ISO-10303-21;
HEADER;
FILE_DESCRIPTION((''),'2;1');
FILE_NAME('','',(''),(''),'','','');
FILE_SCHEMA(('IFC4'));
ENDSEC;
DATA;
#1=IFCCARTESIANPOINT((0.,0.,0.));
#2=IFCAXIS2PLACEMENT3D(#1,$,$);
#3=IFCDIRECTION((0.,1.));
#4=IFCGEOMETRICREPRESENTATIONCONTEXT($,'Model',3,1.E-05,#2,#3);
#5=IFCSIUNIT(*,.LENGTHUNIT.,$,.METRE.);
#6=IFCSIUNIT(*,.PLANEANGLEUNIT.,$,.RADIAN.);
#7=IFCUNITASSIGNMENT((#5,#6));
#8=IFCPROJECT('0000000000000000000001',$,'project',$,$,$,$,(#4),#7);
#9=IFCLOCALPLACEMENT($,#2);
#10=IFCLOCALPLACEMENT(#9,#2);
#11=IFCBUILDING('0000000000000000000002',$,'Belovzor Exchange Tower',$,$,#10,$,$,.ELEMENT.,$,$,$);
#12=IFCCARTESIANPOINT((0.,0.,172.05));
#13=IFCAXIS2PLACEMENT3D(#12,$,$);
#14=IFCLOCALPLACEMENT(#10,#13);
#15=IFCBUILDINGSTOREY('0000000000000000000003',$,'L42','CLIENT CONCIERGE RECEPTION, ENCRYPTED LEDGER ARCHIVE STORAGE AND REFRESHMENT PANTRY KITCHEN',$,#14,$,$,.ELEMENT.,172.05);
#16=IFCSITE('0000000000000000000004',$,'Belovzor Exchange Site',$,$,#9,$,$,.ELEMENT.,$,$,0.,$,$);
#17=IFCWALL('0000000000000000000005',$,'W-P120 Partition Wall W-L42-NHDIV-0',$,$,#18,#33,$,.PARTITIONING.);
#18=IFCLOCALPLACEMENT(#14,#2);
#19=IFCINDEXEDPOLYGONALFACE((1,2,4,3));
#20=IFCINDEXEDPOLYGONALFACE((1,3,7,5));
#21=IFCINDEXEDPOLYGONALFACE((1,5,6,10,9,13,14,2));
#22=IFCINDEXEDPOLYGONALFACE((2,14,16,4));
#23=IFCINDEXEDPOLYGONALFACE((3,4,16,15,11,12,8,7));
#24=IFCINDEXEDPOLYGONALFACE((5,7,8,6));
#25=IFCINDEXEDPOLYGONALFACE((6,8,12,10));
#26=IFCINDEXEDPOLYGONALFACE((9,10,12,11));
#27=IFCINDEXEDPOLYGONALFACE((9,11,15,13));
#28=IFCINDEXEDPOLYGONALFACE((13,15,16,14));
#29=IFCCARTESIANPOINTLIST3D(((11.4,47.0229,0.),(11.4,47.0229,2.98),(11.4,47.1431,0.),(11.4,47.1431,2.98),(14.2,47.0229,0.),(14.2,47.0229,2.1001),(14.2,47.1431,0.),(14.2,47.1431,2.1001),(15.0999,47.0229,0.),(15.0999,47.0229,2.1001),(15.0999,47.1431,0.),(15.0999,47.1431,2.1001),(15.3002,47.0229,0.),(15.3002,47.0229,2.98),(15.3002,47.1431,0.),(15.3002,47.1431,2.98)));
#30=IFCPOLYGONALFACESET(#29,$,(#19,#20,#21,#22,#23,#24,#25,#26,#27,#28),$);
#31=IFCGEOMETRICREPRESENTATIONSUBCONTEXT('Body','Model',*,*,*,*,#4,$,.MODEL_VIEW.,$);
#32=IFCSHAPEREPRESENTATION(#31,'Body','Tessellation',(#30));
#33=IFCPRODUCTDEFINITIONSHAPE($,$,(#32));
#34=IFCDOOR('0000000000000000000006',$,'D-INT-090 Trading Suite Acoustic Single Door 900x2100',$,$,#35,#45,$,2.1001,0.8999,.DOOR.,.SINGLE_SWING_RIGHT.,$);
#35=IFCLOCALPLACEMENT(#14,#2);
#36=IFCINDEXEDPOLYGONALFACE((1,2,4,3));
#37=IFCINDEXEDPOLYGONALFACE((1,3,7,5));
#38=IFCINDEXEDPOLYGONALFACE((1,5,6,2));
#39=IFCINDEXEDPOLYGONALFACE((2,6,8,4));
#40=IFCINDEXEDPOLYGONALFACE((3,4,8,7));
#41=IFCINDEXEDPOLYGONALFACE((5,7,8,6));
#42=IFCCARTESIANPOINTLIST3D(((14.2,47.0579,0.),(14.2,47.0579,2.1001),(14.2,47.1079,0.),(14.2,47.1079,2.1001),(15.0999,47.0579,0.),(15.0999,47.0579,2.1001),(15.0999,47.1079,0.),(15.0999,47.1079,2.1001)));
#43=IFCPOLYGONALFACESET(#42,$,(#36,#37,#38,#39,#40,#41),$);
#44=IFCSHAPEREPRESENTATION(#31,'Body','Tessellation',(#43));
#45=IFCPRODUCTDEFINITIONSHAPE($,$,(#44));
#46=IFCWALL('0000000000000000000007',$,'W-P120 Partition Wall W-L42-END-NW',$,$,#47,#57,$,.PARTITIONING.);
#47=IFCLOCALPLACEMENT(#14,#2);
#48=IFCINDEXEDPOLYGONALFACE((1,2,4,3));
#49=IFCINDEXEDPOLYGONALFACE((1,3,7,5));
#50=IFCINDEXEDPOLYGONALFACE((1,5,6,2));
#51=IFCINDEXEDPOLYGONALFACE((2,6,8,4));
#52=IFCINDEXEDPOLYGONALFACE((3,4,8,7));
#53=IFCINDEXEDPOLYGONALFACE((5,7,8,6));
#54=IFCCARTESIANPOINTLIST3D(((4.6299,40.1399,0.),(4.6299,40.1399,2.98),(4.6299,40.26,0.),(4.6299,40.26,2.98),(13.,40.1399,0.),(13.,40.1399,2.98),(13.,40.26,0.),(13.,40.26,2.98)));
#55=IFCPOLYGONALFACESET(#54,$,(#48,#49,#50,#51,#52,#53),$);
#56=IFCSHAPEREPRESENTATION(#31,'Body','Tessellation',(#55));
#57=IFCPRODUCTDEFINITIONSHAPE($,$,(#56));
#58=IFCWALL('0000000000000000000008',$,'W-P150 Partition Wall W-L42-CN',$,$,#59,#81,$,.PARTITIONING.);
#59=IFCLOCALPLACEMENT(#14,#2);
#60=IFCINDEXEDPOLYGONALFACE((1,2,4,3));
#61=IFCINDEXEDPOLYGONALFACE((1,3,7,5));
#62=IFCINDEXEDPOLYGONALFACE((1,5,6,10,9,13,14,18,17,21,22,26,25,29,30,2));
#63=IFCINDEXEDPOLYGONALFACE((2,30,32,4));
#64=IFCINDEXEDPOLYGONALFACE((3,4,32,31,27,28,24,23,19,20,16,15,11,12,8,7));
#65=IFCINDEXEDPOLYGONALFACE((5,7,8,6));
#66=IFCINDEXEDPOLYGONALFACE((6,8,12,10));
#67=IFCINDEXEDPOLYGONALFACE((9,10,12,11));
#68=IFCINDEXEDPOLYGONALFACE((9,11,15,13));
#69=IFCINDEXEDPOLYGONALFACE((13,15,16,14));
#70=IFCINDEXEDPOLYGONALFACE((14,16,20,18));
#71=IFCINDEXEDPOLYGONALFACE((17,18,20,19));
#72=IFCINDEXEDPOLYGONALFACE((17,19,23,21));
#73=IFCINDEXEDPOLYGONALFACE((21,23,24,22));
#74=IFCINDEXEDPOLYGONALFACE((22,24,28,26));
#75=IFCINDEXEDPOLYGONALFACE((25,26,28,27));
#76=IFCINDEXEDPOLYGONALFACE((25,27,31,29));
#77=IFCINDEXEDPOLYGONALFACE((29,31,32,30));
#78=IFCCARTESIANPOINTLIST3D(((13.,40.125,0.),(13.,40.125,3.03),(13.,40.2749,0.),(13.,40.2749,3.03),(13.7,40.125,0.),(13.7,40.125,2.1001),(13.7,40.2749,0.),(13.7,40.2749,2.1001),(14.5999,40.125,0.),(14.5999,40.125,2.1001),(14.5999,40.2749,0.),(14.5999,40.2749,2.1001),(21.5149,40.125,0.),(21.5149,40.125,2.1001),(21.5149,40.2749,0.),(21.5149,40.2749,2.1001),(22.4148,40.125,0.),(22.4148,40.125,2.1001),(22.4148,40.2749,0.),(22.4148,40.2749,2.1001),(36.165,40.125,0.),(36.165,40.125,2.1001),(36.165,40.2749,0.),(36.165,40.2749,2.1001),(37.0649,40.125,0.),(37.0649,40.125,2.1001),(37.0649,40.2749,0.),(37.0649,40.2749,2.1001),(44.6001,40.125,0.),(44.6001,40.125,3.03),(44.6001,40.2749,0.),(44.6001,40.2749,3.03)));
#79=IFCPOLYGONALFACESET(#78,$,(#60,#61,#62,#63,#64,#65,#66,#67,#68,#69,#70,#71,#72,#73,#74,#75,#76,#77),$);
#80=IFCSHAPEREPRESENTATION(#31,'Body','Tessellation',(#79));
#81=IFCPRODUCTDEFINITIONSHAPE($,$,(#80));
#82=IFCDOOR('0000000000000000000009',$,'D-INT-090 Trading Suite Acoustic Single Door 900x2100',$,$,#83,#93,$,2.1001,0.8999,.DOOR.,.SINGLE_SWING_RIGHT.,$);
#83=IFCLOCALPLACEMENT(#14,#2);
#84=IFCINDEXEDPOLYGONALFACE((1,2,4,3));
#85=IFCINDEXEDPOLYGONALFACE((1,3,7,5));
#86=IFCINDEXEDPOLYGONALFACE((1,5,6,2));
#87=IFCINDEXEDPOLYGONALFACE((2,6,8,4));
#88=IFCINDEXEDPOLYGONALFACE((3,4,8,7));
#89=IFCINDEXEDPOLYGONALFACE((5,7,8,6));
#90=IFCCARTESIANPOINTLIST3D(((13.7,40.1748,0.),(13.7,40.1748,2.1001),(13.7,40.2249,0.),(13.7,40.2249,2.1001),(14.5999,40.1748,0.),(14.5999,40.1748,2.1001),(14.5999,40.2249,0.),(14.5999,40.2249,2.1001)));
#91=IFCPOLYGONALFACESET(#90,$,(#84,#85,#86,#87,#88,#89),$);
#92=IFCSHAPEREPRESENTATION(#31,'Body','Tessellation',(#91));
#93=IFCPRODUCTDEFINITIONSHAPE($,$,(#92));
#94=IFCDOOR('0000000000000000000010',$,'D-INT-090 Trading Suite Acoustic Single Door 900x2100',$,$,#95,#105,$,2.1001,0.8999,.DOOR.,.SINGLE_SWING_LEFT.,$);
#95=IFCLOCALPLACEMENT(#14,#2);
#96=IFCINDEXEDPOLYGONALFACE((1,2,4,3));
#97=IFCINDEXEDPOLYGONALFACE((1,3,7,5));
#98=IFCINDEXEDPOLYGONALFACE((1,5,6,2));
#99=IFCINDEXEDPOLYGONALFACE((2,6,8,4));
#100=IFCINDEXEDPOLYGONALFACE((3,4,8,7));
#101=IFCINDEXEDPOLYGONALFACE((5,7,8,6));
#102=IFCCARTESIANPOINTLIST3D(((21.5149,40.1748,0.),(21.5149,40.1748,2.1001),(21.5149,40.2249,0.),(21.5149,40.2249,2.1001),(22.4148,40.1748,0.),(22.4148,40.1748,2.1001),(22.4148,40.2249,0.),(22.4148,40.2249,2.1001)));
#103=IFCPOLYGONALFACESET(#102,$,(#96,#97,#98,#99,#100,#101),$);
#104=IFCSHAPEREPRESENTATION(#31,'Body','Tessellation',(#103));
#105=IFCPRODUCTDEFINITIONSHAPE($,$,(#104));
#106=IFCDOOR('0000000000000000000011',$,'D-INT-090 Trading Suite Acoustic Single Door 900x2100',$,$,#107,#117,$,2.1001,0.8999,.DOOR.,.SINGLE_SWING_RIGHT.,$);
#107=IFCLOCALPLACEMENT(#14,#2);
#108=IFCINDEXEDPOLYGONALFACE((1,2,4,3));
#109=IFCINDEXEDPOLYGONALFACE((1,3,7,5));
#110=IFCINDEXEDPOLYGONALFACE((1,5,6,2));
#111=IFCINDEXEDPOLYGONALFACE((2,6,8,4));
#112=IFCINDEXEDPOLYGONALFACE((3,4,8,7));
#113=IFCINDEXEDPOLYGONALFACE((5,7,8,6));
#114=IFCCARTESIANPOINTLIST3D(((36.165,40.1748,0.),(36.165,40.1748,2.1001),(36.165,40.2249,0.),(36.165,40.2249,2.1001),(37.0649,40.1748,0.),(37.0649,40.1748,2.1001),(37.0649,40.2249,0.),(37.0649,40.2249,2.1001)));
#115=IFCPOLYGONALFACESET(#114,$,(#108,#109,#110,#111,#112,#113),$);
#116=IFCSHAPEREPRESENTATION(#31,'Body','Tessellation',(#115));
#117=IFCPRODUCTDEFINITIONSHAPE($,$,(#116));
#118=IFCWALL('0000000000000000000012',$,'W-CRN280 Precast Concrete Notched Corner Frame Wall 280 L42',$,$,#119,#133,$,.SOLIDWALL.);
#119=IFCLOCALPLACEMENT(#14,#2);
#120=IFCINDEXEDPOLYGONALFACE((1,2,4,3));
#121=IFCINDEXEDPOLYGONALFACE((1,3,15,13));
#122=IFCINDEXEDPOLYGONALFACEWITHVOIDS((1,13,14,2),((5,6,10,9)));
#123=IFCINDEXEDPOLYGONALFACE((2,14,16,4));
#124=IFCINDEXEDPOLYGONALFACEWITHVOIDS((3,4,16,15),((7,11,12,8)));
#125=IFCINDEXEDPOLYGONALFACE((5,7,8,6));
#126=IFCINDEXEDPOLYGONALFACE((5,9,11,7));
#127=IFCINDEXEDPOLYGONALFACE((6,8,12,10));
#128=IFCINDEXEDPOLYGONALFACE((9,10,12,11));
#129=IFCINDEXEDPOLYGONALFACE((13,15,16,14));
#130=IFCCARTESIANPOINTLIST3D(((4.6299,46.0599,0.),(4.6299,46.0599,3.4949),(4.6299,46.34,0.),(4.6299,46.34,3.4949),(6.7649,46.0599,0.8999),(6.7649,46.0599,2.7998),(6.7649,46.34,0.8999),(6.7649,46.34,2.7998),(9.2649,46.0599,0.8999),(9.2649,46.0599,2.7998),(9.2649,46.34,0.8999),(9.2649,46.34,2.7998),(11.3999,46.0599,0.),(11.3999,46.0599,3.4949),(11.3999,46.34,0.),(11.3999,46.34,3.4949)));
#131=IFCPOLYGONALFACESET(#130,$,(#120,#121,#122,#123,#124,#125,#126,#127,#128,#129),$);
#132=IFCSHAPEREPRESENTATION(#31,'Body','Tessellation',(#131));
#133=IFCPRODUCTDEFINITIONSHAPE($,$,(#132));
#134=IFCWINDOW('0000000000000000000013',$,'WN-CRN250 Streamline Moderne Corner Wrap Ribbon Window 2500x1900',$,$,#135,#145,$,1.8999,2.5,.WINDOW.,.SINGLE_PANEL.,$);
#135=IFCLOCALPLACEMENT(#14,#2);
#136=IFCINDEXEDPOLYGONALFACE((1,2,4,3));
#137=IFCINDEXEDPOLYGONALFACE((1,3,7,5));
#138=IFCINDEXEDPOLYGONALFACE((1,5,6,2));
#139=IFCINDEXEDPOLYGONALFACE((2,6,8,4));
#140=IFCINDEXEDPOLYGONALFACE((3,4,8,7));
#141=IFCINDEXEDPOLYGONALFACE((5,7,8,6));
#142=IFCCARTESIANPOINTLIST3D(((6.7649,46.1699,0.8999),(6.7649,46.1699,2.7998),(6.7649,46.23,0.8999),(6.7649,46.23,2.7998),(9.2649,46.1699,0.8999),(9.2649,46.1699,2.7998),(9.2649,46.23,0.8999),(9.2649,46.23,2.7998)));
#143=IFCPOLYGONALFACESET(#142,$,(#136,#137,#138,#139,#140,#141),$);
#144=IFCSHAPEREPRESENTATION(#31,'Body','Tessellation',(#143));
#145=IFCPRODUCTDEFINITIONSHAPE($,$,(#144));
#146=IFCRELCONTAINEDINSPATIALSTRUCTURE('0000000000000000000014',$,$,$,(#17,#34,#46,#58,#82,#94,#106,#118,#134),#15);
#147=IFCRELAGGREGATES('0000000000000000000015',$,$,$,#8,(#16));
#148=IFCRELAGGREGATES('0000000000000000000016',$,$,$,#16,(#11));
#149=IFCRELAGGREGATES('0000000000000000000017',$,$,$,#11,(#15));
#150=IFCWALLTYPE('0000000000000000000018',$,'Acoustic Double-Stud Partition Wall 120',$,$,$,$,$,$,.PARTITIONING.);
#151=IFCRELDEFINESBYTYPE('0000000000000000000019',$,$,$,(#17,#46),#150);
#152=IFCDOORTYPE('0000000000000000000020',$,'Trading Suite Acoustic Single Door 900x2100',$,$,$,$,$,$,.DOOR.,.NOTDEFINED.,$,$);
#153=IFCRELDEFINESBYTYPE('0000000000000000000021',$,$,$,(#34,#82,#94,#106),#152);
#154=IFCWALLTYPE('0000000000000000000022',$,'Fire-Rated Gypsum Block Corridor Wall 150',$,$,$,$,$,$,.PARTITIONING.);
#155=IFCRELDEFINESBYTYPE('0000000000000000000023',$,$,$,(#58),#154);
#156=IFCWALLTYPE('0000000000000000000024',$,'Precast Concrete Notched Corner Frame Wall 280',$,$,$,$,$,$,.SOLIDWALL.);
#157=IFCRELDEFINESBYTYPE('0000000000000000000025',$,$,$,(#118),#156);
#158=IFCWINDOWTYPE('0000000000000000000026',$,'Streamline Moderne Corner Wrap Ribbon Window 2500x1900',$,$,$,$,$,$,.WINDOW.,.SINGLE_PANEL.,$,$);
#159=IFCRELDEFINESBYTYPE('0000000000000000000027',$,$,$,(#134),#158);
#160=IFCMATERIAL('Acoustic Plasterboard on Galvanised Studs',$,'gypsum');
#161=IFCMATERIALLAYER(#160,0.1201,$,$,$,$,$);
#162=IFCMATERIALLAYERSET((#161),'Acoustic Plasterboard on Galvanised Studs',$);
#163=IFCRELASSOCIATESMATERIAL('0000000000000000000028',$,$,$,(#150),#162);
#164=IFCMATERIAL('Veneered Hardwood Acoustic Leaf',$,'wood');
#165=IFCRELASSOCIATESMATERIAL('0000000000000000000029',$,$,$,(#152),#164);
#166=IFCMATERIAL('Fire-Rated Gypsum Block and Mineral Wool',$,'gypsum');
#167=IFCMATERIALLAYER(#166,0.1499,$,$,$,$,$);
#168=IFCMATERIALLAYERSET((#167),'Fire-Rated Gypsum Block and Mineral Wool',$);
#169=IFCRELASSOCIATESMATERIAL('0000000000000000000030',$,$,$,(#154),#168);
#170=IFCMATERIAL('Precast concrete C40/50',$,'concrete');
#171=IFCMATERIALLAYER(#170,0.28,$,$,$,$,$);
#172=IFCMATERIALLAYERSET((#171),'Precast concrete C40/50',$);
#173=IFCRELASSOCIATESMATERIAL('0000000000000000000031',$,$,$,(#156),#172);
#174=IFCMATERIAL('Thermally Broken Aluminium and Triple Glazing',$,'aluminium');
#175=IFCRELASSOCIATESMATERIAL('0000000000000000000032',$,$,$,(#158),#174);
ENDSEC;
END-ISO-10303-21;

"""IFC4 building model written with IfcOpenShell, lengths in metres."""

from ifc_helpers import new_model, si_unit, direction, frame, frame_2d, origin, place, context, subcontext, project, spatial, rectangle, extrude, material, layer, layer_set, type_object, element, fill, save


model = new_model("IFC4")

# Units and contexts
model_context = context("Model", 3, precision=1e-05, world=origin(), true_north=direction((0.0, 1.0)))
body_context = subcontext(model_context, "Body", "Model", "MODEL_VIEW")
ifc_project = project(units=[si_unit("LENGTHUNIT", "METRE"), si_unit("PLANEANGLEUNIT", "RADIAN")], contexts=[model_context])

# Site, building, storey
site_placement = place(None, origin())
site = spatial("IfcSite", under=ifc_project, at=site_placement, Name="Belovzor Exchange Site", CompositionType="ELEMENT", RefElevation=0.0)
building_placement = place(site_placement, origin())
building = spatial("IfcBuilding", under=site, at=building_placement, Name="Belovzor Exchange Tower", CompositionType="ELEMENT")
storey_placement = place(building_placement, frame((0.0, 0.0, 172.05)))
storey = spatial("IfcBuildingStorey", under=building, at=storey_placement, Name="L42", Description="CLIENT CONCIERGE RECEPTION, ENCRYPTED LEDGER ARCHIVE STORAGE AND REFRESHMENT PANTRY KITCHEN", CompositionType="ELEMENT", Elevation=172.05)

# Wall, opening, door
ifc_material_1 = material(Name="Acoustic Plasterboard on Galvanised Studs", Category="gypsum")
ifc_layer_1 = layer(ifc_material_1, 0.1201)
ifc_layer_set_1 = layer_set([ifc_layer_1], Name="Acoustic Plasterboard on Galvanised Studs")
wall_type_1 = type_object("IfcWallType", Name="Acoustic Double-Stud Partition Wall 120", PredefinedType="PARTITIONING", material=ifc_layer_set_1)
wall_1_placement = place(storey_placement, frame((11.3999, 47.083, 0.0), z_axis=(0.0, 0.0, 1.0), x_axis=(1.0, 0.0, 0.0)))
wall_1 = element("IfcWall", 1, at=wall_1_placement, inside=storey, type_object=wall_type_1, Name="W-P120 Partition Wall W-L42-NHDIV-0", PredefinedType="PARTITIONING", context=body_context, shape_type="SweptSolid", body=[
    extrude(rectangle(XDim=3.9001, YDim=0.1201, at=frame_2d((1.9502, 0.0))), origin(), (0.0, 0.0, 1.0), 2.98),
])
opening_1_placement = place(wall_1_placement, frame((2.8, 0.0, 0.0)))
opening_1 = element("IfcOpeningElement", 2, at=opening_1_placement, cuts=wall_1, PredefinedType="OPENING", context=body_context, shape_type="SweptSolid", body=[
    extrude(rectangle(XDim=0.8999, YDim=2.1001, at=frame_2d((0.45, 1.05))), frame((0.0, 0.0701, 0.0), z_axis=(0.0, -1.0, 0.0), x_axis=(1.0, 0.0, 0.0)), (0.0, 0.0, 1.0), 0.1401),
])
ifc_material_2 = material(Name="Veneered Hardwood Acoustic Leaf", Category="wood")
door_type = type_object("IfcDoorType", Name="Trading Suite Acoustic Single Door 900x2100", OperationType="NOTDEFINED", PredefinedType="DOOR", material=ifc_material_2)
door_1_placement = place(opening_1_placement, origin())
door_1 = element("IfcDoor", 3, at=door_1_placement, inside=storey, type_object=door_type, Name="D-INT-090 Trading Suite Acoustic Single Door 900x2100", OperationType="SINGLE_SWING_RIGHT", OverallHeight=2.1001, OverallWidth=0.8999, PredefinedType="DOOR", context=body_context, shape_type="SweptSolid", body=[
    extrude(rectangle(XDim=0.8999, YDim=2.1001, at=frame_2d((0.45, 1.05))), frame((0.0, 0.0249, 0.0), z_axis=(0.0, -1.0, 0.0), x_axis=(1.0, 0.0, 0.0)), (0.0, 0.0, 1.0), 0.05),
])
fill(opening_1, door_1)

# Wall
wall_2_placement = place(storey_placement, frame((4.6299, 40.2, 0.0), z_axis=(0.0, 0.0, 1.0), x_axis=(1.0, 0.0, 0.0)))
element("IfcWall", 4, at=wall_2_placement, inside=storey, type_object=wall_type_1, Name="W-P120 Partition Wall W-L42-END-NW", PredefinedType="PARTITIONING", context=body_context, shape_type="SweptSolid", body=[
    extrude(rectangle(XDim=8.3701, YDim=0.1201, at=frame_2d((4.1851, 0.0))), origin(), (0.0, 0.0, 1.0), 2.98),
])

# Wall, openings, doors
ifc_material_3 = material(Name="Fire-Rated Gypsum Block and Mineral Wool", Category="gypsum")
ifc_layer_2 = layer(ifc_material_3, 0.1499)
ifc_layer_set_2 = layer_set([ifc_layer_2], Name="Fire-Rated Gypsum Block and Mineral Wool")
wall_type_2 = type_object("IfcWallType", Name="Fire-Rated Gypsum Block Corridor Wall 150", PredefinedType="PARTITIONING", material=ifc_layer_set_2)
wall_3_placement = place(storey_placement, frame((13.0, 40.2, 0.0), z_axis=(0.0, 0.0, 1.0), x_axis=(1.0, 0.0, 0.0)))
wall_3 = element("IfcWall", 5, at=wall_3_placement, inside=storey, type_object=wall_type_2, Name="W-P150 Partition Wall W-L42-CN", PredefinedType="PARTITIONING", context=body_context, shape_type="SweptSolid", body=[
    extrude(rectangle(XDim=31.6001, YDim=0.1499, at=frame_2d((15.8, 0.0))), origin(), (0.0, 0.0, 1.0), 3.03),
])
opening_2_placement = place(wall_3_placement, frame((0.7, 0.0, 0.0)))
opening_2 = element("IfcOpeningElement", 6, at=opening_2_placement, cuts=wall_3, PredefinedType="OPENING", context=body_context, shape_type="SweptSolid", body=[
    extrude(rectangle(XDim=0.8999, YDim=2.1001, at=frame_2d((0.45, 1.05))), frame((0.0, 0.085, 0.0), z_axis=(0.0, -1.0, 0.0), x_axis=(1.0, 0.0, 0.0)), (0.0, 0.0, 1.0), 0.1699),
])
opening_3_placement = place(wall_3_placement, frame((8.5149, 0.0, 0.0)))
opening_3 = element("IfcOpeningElement", 7, at=opening_3_placement, cuts=wall_3, PredefinedType="OPENING", context=body_context, shape_type="SweptSolid", body=[
    extrude(rectangle(XDim=0.8999, YDim=2.1001, at=frame_2d((0.45, 1.05))), frame((0.0, 0.085, 0.0), z_axis=(0.0, -1.0, 0.0), x_axis=(1.0, 0.0, 0.0)), (0.0, 0.0, 1.0), 0.1699),
])
opening_4_placement = place(wall_3_placement, frame((23.165, 0.0, 0.0)))
opening_4 = element("IfcOpeningElement", 8, at=opening_4_placement, cuts=wall_3, PredefinedType="OPENING", context=body_context, shape_type="SweptSolid", body=[
    extrude(rectangle(XDim=0.8999, YDim=2.1001, at=frame_2d((0.45, 1.05))), frame((0.0, 0.085, 0.0), z_axis=(0.0, -1.0, 0.0), x_axis=(1.0, 0.0, 0.0)), (0.0, 0.0, 1.0), 0.1699),
])
door_2_placement = place(opening_2_placement, origin())
door_2 = element("IfcDoor", 9, at=door_2_placement, inside=storey, type_object=door_type, Name="D-INT-090 Trading Suite Acoustic Single Door 900x2100", OperationType="SINGLE_SWING_RIGHT", OverallHeight=2.1001, OverallWidth=0.8999, PredefinedType="DOOR", context=body_context, shape_type="SweptSolid", body=[
    extrude(rectangle(XDim=0.8999, YDim=2.1001, at=frame_2d((0.45, 1.05))), frame((0.0, 0.0249, 0.0), z_axis=(0.0, -1.0, 0.0), x_axis=(1.0, 0.0, 0.0)), (0.0, 0.0, 1.0), 0.05),
])
fill(opening_2, door_2)
door_3_placement = place(opening_3_placement, origin())
door_3 = element("IfcDoor", 10, at=door_3_placement, inside=storey, type_object=door_type, Name="D-INT-090 Trading Suite Acoustic Single Door 900x2100", OperationType="SINGLE_SWING_LEFT", OverallHeight=2.1001, OverallWidth=0.8999, PredefinedType="DOOR", context=body_context, shape_type="SweptSolid", body=[
    extrude(rectangle(XDim=0.8999, YDim=2.1001, at=frame_2d((0.45, 1.05))), frame((0.0, 0.0249, 0.0), z_axis=(0.0, -1.0, 0.0), x_axis=(1.0, 0.0, 0.0)), (0.0, 0.0, 1.0), 0.05),
])
fill(opening_3, door_3)
door_4_placement = place(opening_4_placement, origin())
door_4 = element("IfcDoor", 11, at=door_4_placement, inside=storey, type_object=door_type, Name="D-INT-090 Trading Suite Acoustic Single Door 900x2100", OperationType="SINGLE_SWING_RIGHT", OverallHeight=2.1001, OverallWidth=0.8999, PredefinedType="DOOR", context=body_context, shape_type="SweptSolid", body=[
    extrude(rectangle(XDim=0.8999, YDim=2.1001, at=frame_2d((0.45, 1.05))), frame((0.0, 0.0249, 0.0), z_axis=(0.0, -1.0, 0.0), x_axis=(1.0, 0.0, 0.0)), (0.0, 0.0, 1.0), 0.05),
])
fill(opening_4, door_4)

# Wall, opening, window
ifc_material_4 = material(Name="Precast concrete C40/50", Category="concrete")
ifc_layer_3 = layer(ifc_material_4, 0.28)
ifc_layer_set_3 = layer_set([ifc_layer_3], Name="Precast concrete C40/50")
wall_type_3 = type_object("IfcWallType", Name="Precast Concrete Notched Corner Frame Wall 280", PredefinedType="SOLIDWALL", material=ifc_layer_set_3)
wall_4_placement = place(storey_placement, frame((4.6299, 46.2, 0.0), z_axis=(0.0, 0.0, 1.0), x_axis=(1.0, 0.0, 0.0)))
wall_4 = element("IfcWall", 12, at=wall_4_placement, inside=storey, type_object=wall_type_3, Name="W-CRN280 Precast Concrete Notched Corner Frame Wall 280 L42", PredefinedType="SOLIDWALL", context=body_context, shape_type="SweptSolid", body=[
    extrude(rectangle(XDim=6.77, YDim=0.28, at=frame_2d((3.385, 0.0))), origin(), (0.0, 0.0, 1.0), 3.4949),
])
opening_5_placement = place(wall_4_placement, frame((2.135, 0.0, 0.8999)))
opening_5 = element("IfcOpeningElement", 13, at=opening_5_placement, cuts=wall_4, PredefinedType="OPENING", context=body_context, shape_type="SweptSolid", body=[
    extrude(rectangle(XDim=2.5, YDim=1.8999, at=frame_2d((1.25, 0.95))), frame((0.0, 0.1499, 0.0), z_axis=(0.0, -1.0, 0.0), x_axis=(1.0, 0.0, 0.0)), (0.0, 0.0, 1.0), 0.3),
])
ifc_material_5 = material(Name="Thermally Broken Aluminium and Triple Glazing", Category="aluminium")
window_type_1 = type_object("IfcWindowType", Name="Streamline Moderne Corner Wrap Ribbon Window 2500x1900", PartitioningType="SINGLE_PANEL", PredefinedType="WINDOW", material=ifc_material_5)
window_1_placement = place(opening_5_placement, origin())
window_1 = element("IfcWindow", 14, at=window_1_placement, inside=storey, type_object=window_type_1, Name="WN-CRN250 Streamline Moderne Corner Wrap Ribbon Window 2500x1900", OverallHeight=1.8999, OverallWidth=2.5, PartitioningType="SINGLE_PANEL", PredefinedType="WINDOW", context=body_context, shape_type="SweptSolid", body=[
    extrude(rectangle(XDim=2.5, YDim=1.8999, at=frame_2d((1.25, 0.95))), frame((0.0, 0.03, 0.0), z_axis=(0.0, -1.0, 0.0), x_axis=(1.0, 0.0, 0.0)), (0.0, 0.0, 1.0), 0.0601),
])
fill(opening_5, window_1)

save(model, "model.ifc")
